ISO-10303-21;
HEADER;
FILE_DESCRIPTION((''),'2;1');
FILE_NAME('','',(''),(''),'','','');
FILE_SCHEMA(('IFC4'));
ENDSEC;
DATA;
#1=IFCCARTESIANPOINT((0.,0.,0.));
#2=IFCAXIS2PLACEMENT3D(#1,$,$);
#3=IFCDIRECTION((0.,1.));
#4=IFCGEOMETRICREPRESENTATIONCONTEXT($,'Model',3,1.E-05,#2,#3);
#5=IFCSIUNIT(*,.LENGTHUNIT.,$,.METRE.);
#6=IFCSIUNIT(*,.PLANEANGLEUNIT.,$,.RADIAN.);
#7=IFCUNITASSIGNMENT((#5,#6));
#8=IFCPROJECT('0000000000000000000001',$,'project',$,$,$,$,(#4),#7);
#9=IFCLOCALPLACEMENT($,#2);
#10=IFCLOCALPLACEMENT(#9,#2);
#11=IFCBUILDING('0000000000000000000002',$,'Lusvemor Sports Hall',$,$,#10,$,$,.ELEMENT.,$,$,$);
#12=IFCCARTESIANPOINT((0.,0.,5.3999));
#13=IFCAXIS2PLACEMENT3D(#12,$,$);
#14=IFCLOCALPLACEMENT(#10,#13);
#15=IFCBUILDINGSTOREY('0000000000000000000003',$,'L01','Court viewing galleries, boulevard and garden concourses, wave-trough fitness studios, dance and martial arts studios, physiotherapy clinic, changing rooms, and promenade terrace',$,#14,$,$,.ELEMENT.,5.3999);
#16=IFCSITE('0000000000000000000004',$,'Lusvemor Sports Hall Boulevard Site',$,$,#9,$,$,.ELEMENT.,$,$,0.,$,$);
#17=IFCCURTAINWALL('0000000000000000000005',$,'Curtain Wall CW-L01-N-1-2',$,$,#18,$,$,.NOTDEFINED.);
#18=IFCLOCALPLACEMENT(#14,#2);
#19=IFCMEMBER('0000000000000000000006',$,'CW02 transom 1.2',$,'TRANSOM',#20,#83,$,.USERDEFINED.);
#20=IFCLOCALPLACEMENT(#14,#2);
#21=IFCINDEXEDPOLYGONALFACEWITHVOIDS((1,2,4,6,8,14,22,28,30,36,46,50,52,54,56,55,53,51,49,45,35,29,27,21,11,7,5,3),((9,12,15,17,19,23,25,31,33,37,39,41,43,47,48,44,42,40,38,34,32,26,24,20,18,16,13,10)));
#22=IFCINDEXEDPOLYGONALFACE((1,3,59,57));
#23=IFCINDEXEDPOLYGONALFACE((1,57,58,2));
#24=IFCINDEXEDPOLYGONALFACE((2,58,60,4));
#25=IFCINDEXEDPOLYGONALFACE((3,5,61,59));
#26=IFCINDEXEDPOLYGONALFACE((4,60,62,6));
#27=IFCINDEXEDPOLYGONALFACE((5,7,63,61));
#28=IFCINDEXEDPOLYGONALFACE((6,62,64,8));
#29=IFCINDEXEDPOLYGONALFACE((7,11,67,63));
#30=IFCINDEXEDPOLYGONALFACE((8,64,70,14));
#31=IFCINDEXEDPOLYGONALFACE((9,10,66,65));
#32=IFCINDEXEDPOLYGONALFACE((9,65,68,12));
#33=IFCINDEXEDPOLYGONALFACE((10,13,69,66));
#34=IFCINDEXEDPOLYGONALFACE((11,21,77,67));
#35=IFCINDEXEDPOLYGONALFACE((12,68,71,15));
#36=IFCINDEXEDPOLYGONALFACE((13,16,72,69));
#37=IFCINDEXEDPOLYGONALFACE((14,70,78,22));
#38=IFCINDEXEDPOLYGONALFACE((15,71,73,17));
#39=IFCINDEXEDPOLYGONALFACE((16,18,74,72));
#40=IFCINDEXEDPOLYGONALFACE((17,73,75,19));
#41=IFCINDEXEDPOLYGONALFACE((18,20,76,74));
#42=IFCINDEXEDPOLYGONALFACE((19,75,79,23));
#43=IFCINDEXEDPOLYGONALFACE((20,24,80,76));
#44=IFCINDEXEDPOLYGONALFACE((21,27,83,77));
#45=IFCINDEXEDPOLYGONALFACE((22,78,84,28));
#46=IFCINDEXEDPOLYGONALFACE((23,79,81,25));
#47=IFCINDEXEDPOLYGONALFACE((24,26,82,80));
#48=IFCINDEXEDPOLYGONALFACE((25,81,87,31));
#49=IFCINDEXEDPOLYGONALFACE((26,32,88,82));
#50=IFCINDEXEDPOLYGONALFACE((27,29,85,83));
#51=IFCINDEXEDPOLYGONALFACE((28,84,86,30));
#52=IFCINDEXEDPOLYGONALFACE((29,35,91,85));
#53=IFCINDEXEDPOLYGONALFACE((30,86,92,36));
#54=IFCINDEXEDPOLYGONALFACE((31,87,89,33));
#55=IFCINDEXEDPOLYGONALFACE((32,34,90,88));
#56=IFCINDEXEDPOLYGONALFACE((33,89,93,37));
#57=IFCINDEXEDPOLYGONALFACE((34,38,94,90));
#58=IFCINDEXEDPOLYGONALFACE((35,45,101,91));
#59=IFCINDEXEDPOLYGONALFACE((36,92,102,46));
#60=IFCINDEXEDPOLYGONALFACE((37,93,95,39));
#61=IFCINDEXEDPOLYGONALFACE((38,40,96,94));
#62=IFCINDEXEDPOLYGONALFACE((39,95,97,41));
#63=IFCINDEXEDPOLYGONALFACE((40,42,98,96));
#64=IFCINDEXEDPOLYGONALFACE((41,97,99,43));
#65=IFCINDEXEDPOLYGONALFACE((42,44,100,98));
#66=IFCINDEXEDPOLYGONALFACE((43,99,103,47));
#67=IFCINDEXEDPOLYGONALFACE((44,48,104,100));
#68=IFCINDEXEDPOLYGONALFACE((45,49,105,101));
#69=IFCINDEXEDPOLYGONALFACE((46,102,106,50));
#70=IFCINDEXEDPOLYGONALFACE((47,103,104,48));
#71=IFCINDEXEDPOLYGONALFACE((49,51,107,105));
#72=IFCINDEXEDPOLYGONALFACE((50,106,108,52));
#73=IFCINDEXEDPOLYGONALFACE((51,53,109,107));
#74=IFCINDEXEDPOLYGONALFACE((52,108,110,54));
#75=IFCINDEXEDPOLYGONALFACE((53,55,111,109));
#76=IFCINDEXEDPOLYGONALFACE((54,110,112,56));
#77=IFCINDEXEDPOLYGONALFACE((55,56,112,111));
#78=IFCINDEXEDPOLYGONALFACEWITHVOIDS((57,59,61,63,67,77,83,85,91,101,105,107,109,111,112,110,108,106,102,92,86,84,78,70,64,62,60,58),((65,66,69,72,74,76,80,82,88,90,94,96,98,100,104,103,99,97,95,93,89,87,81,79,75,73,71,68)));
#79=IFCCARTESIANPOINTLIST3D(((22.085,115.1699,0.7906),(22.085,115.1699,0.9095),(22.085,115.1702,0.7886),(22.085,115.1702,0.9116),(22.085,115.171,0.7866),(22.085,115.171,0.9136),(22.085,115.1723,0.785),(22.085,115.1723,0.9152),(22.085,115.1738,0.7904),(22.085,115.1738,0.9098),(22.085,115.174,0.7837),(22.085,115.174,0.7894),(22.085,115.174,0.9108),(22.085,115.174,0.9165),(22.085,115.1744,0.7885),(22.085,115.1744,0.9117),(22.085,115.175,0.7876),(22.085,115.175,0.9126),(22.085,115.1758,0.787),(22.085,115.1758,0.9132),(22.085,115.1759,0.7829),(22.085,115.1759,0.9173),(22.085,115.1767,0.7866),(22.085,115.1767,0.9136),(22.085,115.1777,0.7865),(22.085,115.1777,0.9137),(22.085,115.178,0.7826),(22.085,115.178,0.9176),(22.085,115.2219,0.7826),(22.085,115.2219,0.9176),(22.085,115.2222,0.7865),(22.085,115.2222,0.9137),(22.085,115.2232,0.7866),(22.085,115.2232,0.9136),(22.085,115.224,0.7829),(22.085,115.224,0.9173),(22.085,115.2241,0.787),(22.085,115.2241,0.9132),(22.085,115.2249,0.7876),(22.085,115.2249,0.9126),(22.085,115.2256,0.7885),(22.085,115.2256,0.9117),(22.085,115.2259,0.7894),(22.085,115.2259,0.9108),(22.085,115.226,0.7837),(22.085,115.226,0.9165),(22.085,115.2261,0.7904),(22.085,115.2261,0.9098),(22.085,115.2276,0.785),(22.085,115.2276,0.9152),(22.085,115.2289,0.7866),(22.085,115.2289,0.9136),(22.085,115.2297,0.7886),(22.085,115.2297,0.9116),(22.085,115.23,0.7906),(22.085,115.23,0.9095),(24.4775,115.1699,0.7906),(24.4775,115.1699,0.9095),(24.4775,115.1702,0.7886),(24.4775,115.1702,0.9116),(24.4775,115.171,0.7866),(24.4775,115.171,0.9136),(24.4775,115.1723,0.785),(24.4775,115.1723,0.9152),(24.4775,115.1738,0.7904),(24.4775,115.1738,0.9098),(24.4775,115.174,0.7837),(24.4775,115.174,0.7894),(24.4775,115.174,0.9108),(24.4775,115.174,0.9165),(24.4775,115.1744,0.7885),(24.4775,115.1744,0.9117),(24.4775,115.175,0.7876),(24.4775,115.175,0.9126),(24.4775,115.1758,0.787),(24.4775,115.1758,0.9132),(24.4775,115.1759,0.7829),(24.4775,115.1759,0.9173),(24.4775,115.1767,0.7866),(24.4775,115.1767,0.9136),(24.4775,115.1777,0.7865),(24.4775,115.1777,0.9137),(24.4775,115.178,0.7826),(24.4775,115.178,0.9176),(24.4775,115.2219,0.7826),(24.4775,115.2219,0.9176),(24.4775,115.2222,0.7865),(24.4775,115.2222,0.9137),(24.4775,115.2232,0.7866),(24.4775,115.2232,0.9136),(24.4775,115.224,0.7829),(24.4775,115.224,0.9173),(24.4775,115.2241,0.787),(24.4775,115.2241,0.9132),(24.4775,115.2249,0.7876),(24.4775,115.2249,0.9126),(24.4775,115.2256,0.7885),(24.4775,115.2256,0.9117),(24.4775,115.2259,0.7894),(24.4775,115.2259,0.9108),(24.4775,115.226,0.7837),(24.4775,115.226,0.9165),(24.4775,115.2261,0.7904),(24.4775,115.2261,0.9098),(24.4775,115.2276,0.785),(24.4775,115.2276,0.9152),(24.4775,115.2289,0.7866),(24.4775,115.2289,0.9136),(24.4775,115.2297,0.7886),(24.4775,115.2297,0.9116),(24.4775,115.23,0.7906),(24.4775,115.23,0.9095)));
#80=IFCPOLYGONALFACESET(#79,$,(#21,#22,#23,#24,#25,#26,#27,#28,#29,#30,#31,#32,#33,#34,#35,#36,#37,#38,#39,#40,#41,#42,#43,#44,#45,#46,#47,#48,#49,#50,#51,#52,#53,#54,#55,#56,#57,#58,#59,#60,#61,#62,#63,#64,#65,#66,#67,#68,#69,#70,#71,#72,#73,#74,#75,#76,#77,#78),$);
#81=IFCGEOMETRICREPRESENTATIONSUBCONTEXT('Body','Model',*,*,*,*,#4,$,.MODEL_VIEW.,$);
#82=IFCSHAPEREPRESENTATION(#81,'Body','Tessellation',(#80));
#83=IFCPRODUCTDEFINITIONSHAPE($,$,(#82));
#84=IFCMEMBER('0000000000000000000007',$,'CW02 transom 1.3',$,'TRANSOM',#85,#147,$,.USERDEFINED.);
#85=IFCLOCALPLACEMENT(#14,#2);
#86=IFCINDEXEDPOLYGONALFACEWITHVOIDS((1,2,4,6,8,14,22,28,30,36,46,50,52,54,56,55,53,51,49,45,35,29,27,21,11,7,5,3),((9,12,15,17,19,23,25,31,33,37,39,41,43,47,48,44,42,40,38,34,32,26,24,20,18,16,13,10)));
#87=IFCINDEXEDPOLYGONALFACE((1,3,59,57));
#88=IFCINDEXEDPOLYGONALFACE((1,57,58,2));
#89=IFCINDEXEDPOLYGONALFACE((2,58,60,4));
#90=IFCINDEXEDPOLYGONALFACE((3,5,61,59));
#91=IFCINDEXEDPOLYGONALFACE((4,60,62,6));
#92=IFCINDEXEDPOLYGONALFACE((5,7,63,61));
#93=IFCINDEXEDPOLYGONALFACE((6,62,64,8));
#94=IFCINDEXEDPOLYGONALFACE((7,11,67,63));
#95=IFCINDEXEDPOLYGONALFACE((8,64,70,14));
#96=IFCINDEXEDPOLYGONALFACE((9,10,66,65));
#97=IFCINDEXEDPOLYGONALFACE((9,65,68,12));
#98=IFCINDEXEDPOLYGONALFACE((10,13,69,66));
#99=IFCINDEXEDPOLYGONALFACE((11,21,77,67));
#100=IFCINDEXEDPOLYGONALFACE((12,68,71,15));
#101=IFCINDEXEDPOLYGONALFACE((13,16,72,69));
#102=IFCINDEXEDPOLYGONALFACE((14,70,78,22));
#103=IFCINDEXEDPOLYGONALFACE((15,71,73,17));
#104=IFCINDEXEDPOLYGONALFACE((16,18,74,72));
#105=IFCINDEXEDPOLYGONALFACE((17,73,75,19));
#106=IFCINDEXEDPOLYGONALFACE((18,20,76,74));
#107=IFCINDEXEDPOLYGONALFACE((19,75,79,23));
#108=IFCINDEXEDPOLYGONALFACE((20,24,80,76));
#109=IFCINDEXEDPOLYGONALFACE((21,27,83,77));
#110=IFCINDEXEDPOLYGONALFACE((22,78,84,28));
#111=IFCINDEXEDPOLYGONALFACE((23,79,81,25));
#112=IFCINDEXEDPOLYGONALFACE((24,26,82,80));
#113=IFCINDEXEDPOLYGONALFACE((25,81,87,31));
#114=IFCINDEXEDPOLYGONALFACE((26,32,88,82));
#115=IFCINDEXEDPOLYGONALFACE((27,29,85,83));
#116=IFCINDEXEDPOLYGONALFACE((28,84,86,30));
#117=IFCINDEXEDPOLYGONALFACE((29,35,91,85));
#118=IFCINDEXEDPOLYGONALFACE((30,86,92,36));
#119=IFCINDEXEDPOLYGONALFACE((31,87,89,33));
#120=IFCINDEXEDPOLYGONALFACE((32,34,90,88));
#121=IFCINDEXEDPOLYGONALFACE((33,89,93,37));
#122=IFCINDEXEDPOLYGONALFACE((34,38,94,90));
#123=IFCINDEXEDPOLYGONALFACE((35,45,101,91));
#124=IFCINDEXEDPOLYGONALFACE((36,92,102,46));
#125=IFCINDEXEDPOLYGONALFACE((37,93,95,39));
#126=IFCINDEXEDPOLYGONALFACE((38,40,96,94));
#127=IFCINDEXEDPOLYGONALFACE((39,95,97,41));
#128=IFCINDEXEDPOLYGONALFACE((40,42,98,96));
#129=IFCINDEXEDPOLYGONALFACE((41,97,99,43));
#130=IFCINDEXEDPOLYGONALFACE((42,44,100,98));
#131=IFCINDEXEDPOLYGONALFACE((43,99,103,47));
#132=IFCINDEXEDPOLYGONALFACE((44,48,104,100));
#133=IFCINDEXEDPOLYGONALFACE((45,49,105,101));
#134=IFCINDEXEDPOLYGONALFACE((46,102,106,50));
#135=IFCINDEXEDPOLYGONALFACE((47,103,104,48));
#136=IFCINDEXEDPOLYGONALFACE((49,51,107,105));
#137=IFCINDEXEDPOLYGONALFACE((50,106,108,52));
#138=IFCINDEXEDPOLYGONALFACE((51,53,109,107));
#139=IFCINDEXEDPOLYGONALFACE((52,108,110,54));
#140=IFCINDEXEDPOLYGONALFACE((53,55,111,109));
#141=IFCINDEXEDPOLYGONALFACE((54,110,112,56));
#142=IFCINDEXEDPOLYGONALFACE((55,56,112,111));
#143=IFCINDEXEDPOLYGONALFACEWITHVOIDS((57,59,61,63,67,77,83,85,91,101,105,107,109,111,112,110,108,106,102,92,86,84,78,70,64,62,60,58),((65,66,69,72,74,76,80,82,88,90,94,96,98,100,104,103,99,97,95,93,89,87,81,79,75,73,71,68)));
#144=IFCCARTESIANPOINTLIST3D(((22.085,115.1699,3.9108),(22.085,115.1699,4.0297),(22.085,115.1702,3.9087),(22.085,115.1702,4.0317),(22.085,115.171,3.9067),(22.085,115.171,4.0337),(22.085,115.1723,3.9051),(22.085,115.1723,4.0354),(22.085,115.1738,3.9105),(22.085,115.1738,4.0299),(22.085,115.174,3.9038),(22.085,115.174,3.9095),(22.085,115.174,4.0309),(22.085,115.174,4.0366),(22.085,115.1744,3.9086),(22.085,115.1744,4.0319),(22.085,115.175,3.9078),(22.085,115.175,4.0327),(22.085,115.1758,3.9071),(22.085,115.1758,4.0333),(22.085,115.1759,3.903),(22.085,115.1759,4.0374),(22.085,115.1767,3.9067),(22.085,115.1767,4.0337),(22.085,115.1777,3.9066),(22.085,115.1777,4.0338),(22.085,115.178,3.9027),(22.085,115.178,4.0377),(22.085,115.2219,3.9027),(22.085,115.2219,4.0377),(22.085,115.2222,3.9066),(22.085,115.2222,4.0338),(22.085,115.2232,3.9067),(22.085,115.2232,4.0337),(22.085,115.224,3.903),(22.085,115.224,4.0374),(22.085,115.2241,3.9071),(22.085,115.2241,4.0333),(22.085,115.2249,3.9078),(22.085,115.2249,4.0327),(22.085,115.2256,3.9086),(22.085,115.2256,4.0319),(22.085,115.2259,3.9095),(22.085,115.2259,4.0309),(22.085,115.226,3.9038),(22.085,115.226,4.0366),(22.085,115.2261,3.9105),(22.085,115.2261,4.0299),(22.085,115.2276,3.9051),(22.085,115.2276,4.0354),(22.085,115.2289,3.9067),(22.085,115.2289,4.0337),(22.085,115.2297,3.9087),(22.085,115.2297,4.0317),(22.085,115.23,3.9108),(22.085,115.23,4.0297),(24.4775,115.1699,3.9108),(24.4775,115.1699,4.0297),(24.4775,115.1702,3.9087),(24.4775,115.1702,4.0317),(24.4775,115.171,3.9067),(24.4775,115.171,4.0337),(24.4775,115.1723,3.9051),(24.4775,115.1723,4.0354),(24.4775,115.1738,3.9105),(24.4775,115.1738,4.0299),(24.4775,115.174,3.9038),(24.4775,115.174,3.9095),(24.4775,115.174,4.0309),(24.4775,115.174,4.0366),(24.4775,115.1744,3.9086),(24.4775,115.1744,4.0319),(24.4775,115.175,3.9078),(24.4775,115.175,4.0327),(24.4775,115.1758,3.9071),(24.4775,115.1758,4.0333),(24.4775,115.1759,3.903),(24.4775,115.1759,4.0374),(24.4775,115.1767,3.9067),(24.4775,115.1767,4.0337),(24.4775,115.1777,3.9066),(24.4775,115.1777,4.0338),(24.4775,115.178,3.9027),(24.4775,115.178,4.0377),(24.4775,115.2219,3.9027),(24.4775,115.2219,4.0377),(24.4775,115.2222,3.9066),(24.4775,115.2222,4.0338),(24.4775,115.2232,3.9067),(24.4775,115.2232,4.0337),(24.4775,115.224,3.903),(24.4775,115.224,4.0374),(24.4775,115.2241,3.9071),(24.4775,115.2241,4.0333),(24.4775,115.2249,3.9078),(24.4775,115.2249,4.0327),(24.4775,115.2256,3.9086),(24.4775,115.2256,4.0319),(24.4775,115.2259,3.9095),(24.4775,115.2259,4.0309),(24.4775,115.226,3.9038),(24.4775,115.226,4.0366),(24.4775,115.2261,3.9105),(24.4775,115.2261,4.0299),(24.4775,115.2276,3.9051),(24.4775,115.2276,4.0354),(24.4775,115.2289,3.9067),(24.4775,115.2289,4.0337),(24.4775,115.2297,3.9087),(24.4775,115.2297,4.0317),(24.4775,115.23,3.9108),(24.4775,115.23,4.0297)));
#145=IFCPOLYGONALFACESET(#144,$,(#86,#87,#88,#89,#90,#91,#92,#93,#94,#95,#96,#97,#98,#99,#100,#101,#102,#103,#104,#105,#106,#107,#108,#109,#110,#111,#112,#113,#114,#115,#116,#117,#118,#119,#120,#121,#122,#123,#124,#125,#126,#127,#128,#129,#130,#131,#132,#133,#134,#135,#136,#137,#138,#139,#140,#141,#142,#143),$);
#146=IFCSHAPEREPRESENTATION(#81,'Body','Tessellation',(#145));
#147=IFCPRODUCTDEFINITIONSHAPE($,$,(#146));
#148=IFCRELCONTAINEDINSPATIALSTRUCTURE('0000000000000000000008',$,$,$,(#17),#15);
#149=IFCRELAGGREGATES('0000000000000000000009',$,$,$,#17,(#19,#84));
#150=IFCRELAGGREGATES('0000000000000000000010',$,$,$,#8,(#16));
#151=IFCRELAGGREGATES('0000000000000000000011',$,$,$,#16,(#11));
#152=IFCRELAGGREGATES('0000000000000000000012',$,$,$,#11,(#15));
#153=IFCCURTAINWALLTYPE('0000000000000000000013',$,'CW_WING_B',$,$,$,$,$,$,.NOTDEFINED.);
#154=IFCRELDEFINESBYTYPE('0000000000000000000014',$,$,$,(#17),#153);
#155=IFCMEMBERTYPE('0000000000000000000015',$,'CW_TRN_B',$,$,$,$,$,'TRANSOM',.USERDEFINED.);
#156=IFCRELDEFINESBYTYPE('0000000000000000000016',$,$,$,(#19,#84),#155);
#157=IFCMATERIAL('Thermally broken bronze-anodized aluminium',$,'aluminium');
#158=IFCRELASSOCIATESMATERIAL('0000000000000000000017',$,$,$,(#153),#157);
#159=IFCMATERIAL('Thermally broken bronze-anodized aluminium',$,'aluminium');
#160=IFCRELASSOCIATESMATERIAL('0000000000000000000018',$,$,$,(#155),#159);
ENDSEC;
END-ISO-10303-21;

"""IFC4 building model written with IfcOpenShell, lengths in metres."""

from ifc_helpers import new_model, si_unit, direction, frame, origin, origin_2d, place, context, subcontext, project, spatial, hollow_rectangle, extrude, material, material_profile, profile_set, type_object, element, aggregate, save


model = new_model("IFC4")

# Units and contexts
model_context = context("Model", 3, precision=1e-05, world=origin(), true_north=direction((0.0, 1.0)))
body_context = subcontext(model_context, "Body", "Model", "MODEL_VIEW")
ifc_project = project(units=[si_unit("LENGTHUNIT", "METRE"), si_unit("PLANEANGLEUNIT", "RADIAN")], contexts=[model_context])

# Site, building, storey
site_placement = place(None, origin())
site = spatial("IfcSite", under=ifc_project, at=site_placement, Name="Lusvemor Sports Hall Boulevard Site", CompositionType="ELEMENT", RefElevation=0.0)
building_placement = place(site_placement, origin())
building = spatial("IfcBuilding", under=site, at=building_placement, Name="Lusvemor Sports Hall", CompositionType="ELEMENT")
storey_placement = place(building_placement, frame((0.0, 0.0, 5.3999)))
storey = spatial("IfcBuildingStorey", under=building, at=storey_placement, Name="L01", Description="Court viewing galleries, boulevard and garden concourses, wave-trough fitness studios, dance and martial arts studios, physiotherapy clinic, changing rooms, and promenade terrace", CompositionType="ELEMENT", Elevation=5.3999)

# Curtain wall
ifc_material_1 = material(Name="Thermally broken bronze-anodized aluminium", Category="aluminium")
curtain_wall_type = type_object("IfcCurtainWallType", Name="CW_WING_B", PredefinedType="NOTDEFINED", material=ifc_material_1)
curtain_wall_1_placement = place(storey_placement, origin())
curtain_wall_1 = element("IfcCurtainWall", 1, at=curtain_wall_1_placement, inside=storey, type_object=curtain_wall_type, Name="Curtain Wall CW-L01-N-1-2", PredefinedType="NOTDEFINED")

# Members
ifc_material_2 = material(Name="Thermally broken bronze-anodized aluminium", Category="aluminium")
ifc_material_profile_1 = material_profile(ifc_material_2, hollow_rectangle(XDim=0.0601, YDim=0.135, WallThickness=0.0039, InnerFilletRadius=0.0039, OuterFilletRadius=0.0081, at=origin_2d()), Name="CWTRN135x60x4")
ifc_profile_set_1 = profile_set([ifc_material_profile_1], Name="Thermally broken bronze-anodized aluminium")
member_type_1 = type_object("IfcMemberType", Name="CW_TRN_B", ElementType="TRANSOM", PredefinedType="USERDEFINED", material=ifc_profile_set_1)
member_1_placement = place(storey_placement, frame((22.085, 115.2, 0.8501), z_axis=(1.0, 0.0, 0.0), x_axis=(0.0, 1.0, 0.0)))
member_1 = element("IfcMember", 2, at=member_1_placement, type_object=member_type_1, Name="CW02 transom 1.2", ObjectType="TRANSOM", PredefinedType="USERDEFINED", context=body_context, shape_type="SweptSolid", body=[
    extrude(hollow_rectangle(XDim=0.0601, YDim=0.135, WallThickness=0.0039, InnerFilletRadius=0.0039, OuterFilletRadius=0.0081, at=origin_2d()), origin(), (0.0, 0.0, 1.0), 2.3926),
])
member_2_placement = place(storey_placement, frame((22.085, 115.2, 3.9702), z_axis=(1.0, 0.0, 0.0), x_axis=(0.0, 1.0, 0.0)))
member_2 = element("IfcMember", 3, at=member_2_placement, type_object=member_type_1, Name="CW02 transom 1.3", ObjectType="TRANSOM", PredefinedType="USERDEFINED", context=body_context, shape_type="SweptSolid", body=[
    extrude(hollow_rectangle(XDim=0.0601, YDim=0.135, WallThickness=0.0039, InnerFilletRadius=0.0039, OuterFilletRadius=0.0081, at=origin_2d()), origin(), (0.0, 0.0, 1.0), 2.3926),
])

aggregate(curtain_wall_1, [member_1, member_2])

save(model, "model.ifc")
